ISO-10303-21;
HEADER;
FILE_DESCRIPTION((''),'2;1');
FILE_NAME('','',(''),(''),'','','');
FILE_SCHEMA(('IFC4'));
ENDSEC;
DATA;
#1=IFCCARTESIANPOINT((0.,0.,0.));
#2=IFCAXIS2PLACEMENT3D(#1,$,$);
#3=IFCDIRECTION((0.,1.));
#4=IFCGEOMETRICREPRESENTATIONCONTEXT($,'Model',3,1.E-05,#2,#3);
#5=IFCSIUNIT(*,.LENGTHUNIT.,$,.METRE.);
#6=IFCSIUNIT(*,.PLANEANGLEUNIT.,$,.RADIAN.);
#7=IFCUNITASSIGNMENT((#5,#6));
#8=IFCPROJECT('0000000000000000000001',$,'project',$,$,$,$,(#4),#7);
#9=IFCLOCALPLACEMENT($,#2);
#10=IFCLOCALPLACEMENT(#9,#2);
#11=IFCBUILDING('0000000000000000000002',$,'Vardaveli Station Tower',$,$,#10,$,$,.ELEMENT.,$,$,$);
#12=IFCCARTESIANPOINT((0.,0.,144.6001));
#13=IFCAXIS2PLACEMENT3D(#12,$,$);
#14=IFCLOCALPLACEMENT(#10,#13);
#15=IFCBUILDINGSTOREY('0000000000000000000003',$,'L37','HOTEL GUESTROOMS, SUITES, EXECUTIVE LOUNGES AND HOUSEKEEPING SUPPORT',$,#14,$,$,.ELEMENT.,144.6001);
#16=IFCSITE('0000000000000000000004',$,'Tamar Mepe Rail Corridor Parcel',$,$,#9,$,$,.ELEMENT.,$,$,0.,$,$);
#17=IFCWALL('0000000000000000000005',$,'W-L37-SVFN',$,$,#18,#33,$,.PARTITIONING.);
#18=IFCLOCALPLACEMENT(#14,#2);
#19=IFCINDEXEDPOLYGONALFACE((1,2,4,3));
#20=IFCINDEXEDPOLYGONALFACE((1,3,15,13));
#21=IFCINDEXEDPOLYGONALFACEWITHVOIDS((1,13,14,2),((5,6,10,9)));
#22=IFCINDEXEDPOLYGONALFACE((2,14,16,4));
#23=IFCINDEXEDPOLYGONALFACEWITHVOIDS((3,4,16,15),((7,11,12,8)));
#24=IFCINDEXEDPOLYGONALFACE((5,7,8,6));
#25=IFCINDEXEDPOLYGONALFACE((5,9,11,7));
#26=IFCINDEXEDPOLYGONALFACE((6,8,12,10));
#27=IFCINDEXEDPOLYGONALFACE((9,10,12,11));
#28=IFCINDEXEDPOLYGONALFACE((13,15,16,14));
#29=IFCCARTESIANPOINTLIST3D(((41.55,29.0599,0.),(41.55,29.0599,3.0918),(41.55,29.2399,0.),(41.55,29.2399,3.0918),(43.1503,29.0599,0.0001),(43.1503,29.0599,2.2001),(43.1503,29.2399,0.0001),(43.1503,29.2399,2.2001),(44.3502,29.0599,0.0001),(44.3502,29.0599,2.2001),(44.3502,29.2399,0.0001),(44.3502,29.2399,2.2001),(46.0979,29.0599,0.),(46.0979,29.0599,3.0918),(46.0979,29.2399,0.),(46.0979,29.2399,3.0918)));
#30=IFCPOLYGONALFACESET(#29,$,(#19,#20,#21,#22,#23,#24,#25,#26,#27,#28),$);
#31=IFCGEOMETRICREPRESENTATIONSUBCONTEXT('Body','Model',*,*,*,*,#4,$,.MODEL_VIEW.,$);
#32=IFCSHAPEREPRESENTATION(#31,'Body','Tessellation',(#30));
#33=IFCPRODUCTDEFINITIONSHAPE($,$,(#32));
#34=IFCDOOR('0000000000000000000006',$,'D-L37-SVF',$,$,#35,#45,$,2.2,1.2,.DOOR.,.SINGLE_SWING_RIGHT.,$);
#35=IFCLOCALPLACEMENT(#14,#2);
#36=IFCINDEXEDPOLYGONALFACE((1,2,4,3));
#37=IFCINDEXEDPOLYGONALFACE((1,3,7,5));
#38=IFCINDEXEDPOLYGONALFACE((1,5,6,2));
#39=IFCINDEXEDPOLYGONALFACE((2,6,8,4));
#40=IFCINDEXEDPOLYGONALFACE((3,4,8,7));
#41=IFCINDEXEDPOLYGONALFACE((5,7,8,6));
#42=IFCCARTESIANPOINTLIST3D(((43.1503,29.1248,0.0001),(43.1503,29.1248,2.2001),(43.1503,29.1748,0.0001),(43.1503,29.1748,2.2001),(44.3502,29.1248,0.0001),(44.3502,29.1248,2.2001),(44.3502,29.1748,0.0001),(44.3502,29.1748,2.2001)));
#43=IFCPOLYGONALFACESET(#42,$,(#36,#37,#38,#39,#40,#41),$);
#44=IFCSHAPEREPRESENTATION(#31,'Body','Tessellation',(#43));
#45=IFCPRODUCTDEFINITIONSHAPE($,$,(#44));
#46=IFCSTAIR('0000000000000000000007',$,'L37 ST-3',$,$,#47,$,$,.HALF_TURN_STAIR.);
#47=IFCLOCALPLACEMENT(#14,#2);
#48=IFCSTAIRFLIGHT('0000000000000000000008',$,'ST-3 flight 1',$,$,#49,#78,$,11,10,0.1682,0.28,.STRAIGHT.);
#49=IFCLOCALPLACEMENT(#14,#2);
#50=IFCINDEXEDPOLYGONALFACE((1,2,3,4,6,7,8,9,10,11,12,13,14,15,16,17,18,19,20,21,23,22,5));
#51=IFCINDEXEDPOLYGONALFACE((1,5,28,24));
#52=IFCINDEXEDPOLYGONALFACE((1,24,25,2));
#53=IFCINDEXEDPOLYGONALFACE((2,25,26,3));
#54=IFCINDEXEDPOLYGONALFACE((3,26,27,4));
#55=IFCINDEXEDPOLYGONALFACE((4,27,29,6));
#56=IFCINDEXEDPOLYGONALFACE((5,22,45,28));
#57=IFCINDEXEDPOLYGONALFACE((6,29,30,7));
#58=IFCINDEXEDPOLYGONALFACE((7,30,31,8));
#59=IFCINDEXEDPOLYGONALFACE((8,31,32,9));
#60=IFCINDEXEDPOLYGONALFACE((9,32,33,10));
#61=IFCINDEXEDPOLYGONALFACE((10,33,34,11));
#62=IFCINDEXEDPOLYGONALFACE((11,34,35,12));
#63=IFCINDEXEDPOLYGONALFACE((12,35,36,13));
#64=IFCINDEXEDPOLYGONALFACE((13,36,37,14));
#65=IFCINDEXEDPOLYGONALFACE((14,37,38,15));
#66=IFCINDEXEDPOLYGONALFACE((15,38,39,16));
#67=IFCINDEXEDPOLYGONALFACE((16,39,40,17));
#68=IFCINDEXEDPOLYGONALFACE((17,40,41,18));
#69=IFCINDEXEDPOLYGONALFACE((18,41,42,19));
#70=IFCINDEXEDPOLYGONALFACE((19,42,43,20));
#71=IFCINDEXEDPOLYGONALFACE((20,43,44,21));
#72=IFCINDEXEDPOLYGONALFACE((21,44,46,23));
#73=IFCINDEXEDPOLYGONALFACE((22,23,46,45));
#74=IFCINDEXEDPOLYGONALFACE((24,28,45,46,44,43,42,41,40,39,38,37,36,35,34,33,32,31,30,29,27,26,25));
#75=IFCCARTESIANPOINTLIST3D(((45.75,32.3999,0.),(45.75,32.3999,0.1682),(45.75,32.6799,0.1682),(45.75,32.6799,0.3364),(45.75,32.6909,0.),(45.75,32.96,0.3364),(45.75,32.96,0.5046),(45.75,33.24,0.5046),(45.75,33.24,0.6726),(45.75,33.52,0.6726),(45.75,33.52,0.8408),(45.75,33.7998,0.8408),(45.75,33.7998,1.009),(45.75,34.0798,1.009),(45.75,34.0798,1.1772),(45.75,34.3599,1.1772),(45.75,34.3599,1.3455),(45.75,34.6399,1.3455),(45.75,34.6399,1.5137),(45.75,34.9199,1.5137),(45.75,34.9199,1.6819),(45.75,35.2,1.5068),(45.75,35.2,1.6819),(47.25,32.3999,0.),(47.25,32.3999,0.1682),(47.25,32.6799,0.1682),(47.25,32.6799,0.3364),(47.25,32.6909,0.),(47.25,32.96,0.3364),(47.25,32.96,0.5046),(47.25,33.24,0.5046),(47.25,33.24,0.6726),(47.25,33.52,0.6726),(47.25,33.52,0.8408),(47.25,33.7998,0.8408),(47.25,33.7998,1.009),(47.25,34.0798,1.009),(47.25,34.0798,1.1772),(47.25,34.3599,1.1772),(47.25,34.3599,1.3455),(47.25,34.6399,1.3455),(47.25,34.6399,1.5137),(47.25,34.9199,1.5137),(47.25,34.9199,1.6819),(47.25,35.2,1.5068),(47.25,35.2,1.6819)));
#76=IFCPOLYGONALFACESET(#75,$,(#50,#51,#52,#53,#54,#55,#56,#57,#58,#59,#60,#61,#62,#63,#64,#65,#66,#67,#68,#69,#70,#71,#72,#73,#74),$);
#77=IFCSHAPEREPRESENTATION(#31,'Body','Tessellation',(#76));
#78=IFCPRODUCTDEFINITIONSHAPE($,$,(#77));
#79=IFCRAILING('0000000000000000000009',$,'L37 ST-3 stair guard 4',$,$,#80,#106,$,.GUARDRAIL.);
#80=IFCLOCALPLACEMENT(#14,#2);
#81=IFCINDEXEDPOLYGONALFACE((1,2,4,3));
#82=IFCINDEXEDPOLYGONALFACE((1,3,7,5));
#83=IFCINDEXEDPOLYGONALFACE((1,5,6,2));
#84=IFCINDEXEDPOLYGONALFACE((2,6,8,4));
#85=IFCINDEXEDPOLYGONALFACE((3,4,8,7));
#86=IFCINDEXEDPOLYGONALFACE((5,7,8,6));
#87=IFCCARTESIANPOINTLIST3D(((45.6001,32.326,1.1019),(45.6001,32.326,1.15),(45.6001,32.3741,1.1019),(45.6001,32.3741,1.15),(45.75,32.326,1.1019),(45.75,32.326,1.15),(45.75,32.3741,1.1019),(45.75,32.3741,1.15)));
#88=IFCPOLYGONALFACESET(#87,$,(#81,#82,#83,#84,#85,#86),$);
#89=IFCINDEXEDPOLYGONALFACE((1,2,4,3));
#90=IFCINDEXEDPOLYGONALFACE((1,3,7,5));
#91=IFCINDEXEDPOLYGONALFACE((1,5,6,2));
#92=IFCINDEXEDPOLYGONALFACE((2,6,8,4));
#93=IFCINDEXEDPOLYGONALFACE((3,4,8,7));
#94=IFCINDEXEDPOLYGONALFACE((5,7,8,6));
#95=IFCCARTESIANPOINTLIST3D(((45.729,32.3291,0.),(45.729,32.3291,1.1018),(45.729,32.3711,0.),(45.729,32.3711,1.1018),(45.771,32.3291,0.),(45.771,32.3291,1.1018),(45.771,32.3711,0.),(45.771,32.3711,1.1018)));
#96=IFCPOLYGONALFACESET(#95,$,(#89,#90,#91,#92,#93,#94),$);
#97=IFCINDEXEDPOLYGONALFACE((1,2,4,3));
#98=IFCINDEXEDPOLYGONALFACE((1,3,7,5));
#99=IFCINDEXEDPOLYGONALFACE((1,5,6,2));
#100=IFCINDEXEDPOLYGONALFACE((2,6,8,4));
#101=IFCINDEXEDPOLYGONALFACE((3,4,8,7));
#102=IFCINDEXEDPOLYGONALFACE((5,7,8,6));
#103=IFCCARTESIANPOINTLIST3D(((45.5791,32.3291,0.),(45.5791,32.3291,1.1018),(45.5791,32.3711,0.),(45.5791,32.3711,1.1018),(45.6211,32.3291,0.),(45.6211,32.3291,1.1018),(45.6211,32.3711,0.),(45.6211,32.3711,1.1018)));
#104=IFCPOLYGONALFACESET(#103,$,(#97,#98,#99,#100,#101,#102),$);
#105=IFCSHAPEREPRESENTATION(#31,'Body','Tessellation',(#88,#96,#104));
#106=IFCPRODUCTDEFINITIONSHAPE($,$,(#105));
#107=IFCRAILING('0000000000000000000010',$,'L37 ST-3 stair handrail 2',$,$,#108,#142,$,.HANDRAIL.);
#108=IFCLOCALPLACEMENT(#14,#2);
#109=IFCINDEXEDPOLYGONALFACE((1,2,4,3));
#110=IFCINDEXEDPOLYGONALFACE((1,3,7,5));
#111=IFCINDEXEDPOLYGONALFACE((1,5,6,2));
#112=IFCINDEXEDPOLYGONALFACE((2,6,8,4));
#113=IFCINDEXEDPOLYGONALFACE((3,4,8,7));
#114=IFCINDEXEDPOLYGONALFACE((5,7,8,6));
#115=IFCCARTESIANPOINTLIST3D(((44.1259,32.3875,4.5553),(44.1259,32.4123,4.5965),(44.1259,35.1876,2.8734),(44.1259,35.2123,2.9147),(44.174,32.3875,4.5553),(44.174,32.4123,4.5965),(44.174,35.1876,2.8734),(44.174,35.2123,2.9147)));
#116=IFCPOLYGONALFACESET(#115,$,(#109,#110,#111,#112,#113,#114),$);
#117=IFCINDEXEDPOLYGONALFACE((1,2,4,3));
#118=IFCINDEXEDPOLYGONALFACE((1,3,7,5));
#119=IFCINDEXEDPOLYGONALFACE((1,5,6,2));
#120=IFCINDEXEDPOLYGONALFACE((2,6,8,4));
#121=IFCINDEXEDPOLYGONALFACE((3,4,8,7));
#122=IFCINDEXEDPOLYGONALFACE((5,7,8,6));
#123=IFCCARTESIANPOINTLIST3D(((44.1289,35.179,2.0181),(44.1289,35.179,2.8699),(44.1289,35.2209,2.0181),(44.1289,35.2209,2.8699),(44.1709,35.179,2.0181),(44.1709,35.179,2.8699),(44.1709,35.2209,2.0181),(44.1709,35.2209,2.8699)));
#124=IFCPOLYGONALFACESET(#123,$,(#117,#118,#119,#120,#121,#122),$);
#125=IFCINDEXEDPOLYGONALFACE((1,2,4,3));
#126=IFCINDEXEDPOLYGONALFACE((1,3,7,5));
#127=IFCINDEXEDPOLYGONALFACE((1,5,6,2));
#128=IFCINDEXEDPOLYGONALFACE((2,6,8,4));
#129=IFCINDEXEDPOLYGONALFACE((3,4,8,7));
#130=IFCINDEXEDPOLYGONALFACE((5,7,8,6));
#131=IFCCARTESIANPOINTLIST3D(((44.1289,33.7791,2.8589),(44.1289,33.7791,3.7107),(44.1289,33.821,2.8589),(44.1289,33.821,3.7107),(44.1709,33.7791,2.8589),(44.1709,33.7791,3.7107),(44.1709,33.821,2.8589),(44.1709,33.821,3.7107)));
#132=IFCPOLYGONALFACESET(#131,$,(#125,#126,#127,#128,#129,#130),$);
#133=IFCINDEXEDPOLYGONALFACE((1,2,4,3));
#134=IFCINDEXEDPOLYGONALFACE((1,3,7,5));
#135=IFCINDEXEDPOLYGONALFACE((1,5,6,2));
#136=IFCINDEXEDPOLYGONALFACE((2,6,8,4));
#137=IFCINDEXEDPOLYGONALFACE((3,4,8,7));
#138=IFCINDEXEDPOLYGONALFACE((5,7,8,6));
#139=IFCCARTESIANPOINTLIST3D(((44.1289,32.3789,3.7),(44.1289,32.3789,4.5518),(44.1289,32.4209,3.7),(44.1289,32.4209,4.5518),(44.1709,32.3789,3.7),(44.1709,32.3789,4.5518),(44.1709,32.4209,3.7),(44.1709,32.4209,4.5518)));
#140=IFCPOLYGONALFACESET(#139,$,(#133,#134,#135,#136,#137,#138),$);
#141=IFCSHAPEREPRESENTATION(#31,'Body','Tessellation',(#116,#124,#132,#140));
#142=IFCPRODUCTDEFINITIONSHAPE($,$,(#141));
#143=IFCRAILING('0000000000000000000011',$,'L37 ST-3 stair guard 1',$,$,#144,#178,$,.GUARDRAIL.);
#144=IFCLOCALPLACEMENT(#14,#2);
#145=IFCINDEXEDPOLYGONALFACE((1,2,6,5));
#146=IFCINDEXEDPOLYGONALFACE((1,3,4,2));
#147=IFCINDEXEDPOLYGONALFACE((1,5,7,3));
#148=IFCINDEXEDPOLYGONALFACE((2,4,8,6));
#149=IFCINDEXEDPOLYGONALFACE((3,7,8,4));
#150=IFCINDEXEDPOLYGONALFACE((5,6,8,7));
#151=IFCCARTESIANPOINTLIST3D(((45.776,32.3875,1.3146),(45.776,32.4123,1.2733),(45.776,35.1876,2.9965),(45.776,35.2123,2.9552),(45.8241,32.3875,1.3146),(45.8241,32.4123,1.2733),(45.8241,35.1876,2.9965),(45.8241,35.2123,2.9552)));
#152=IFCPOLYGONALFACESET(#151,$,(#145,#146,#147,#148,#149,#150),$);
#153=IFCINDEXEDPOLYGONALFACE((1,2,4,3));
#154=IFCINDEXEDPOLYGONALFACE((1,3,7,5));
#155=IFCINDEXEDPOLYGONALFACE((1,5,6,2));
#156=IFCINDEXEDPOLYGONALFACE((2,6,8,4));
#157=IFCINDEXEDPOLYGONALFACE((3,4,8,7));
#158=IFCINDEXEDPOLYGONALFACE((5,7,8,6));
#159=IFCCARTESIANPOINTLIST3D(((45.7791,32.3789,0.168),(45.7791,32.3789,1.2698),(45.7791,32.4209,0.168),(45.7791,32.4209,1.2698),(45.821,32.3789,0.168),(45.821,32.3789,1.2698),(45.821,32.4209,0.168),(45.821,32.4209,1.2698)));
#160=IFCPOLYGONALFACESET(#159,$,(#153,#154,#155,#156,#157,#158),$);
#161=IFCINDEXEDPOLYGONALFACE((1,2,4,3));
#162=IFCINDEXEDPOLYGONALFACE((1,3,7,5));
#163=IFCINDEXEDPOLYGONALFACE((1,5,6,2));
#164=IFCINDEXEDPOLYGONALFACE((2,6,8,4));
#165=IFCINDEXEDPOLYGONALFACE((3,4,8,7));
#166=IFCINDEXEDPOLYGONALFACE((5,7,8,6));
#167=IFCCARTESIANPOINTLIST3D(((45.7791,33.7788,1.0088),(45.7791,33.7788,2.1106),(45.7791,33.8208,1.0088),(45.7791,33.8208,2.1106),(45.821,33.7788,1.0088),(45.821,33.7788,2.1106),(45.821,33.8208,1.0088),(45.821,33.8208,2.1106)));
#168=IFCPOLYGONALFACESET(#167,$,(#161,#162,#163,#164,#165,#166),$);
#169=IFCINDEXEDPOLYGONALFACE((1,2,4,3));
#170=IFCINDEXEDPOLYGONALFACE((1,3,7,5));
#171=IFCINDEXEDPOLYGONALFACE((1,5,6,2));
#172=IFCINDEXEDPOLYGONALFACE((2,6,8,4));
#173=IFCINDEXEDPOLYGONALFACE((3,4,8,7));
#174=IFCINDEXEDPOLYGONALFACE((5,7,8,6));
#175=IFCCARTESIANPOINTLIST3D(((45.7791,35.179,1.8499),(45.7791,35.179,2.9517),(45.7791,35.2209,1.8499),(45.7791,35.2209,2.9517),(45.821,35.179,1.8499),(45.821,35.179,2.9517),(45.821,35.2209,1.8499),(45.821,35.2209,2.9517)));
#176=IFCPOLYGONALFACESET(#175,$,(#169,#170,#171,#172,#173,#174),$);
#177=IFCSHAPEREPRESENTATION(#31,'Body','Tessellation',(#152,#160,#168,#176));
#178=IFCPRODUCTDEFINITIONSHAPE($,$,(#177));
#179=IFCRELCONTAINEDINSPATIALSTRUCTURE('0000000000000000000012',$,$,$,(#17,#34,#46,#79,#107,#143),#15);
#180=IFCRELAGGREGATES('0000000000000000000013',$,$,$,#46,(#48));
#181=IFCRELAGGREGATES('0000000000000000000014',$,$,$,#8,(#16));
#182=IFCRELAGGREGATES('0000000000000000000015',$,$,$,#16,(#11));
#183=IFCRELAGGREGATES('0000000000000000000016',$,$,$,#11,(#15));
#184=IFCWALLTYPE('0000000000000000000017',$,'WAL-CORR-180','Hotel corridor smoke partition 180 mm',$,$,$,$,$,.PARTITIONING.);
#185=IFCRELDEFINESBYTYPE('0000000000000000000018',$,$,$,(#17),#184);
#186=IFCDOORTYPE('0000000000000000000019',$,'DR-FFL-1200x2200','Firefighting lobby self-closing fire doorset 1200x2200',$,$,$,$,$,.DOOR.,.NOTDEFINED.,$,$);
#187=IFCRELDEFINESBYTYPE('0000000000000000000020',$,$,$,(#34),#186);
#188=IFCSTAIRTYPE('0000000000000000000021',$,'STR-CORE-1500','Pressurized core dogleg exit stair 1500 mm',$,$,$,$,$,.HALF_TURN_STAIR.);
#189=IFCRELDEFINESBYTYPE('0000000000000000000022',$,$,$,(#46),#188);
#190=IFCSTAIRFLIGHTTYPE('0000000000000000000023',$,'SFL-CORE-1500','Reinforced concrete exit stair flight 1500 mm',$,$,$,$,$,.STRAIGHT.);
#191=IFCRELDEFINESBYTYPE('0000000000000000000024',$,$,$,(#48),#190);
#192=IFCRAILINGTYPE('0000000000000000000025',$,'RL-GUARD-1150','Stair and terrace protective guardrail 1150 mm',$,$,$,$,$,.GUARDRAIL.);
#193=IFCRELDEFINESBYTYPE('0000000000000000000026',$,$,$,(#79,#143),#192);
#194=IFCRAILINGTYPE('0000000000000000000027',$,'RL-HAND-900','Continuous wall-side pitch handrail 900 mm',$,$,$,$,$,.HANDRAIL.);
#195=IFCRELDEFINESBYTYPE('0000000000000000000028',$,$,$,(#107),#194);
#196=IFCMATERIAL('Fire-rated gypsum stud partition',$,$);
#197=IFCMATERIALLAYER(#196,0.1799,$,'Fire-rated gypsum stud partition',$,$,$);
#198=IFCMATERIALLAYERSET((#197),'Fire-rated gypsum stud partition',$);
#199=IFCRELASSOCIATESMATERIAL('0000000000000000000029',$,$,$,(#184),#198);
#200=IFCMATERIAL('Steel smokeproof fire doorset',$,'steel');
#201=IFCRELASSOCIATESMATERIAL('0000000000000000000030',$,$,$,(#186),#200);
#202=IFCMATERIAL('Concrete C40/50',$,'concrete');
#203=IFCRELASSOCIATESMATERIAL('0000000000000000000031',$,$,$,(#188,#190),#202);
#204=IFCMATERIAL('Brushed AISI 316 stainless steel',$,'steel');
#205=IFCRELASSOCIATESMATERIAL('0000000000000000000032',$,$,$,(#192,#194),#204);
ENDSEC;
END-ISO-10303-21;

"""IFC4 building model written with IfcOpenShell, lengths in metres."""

from ifc_helpers import new_model, si_unit, direction, frame, frame_2d, origin, origin_2d, place, context, subcontext, project, spatial, polyline, rectangle, outline, extrude, source, transform, mapped, material, layer, layer_set, type_object, element, fill, aggregate, save


model = new_model("IFC4")

# Units and contexts
model_context = context("Model", 3, precision=1e-05, world=origin(), true_north=direction((0.0, 1.0)))
body_context = subcontext(model_context, "Body", "Model", "MODEL_VIEW")
ifc_project = project(units=[si_unit("LENGTHUNIT", "METRE"), si_unit("PLANEANGLEUNIT", "RADIAN")], contexts=[model_context])

# Site, building, storey
site_placement = place(None, origin())
site = spatial("IfcSite", under=ifc_project, at=site_placement, Name="Tamar Mepe Rail Corridor Parcel", CompositionType="ELEMENT", RefElevation=0.0)
building_placement = place(site_placement, origin())
building = spatial("IfcBuilding", under=site, at=building_placement, Name="Vardaveli Station Tower", CompositionType="ELEMENT")
storey_placement = place(building_placement, frame((0.0, 0.0, 144.6001)))
storey = spatial("IfcBuildingStorey", under=building, at=storey_placement, Name="L37", Description="HOTEL GUESTROOMS, SUITES, EXECUTIVE LOUNGES AND HOUSEKEEPING SUPPORT", CompositionType="ELEMENT", Elevation=144.6001)

# Shared definitions
ifc_material_1 = material(Name="Concrete C40/50", Category="concrete")

# Shared definitions
ifc_material_2 = material(Name="Steel smokeproof fire doorset", Category="steel")
ifc_material_3 = material(Name="Fire-rated gypsum stud partition")
ifc_layer_1 = layer(ifc_material_3, 0.1799, Name="Fire-rated gypsum stud partition")
ifc_layer_set_1 = layer_set([ifc_layer_1], Name="Fire-rated gypsum stud partition")
wall_type_1 = type_object("IfcWallType", Name="WAL-CORR-180", Description="Hotel corridor smoke partition 180 mm", PredefinedType="PARTITIONING", material=ifc_layer_set_1)

# Wall, opening, door
shared_shape_1 = source(origin(), body_context, "Body", "SweptSolid", [
    extrude(rectangle(XDim=4.5479, YDim=0.1799, at=frame_2d((2.2739, 0.0))), origin(), (0.0, 0.0, 1.0), 3.0918),
])
wall_1_placement = place(storey_placement, frame((41.55, 29.1499, 0.0), z_axis=(0.0, 0.0, 1.0), x_axis=(1.0, 0.0, 0.0)))
wall_1 = element("IfcWall", 1, at=wall_1_placement, inside=storey, type_object=wall_type_1, Name="W-L37-SVFN", PredefinedType="PARTITIONING", context=body_context, shape_type="MappedRepresentation", body=[
    mapped(shared_shape_1, transform((0.0, 0.0, 0.0), scale=1.0)),
])
shared_shape_2 = source(origin(), body_context, "Body", "SweptSolid", [
    extrude(rectangle(XDim=1.2, YDim=2.2, at=frame_2d((0.6001, 1.1001))), frame((0.0, 0.1001, 0.0), z_axis=(0.0, -1.0, 0.0), x_axis=(1.0, 0.0, 0.0)), (0.0, 0.0, 1.0), 0.2),
])
opening_1_placement = place(wall_1_placement, frame((1.6001, 0.0, 0.0)))
opening_1 = element("IfcOpeningElement", 2, at=opening_1_placement, cuts=wall_1, PredefinedType="OPENING", context=body_context, shape_type="MappedRepresentation", body=[
    mapped(shared_shape_2, transform((0.0, 0.0, 0.0), scale=1.0)),
])
door_type_1 = type_object("IfcDoorType", Name="DR-FFL-1200x2200", Description="Firefighting lobby self-closing fire doorset 1200x2200", OperationType="NOTDEFINED", PredefinedType="DOOR", material=ifc_material_2)
shared_shape_3 = source(origin(), body_context, "Body", "SweptSolid", [
    extrude(rectangle(XDim=1.2, YDim=2.2, at=frame_2d((0.6001, 1.1001))), frame((0.0, 0.0249, 0.0), z_axis=(0.0, -1.0, 0.0), x_axis=(1.0, 0.0, 0.0)), (0.0, 0.0, 1.0), 0.05),
])
door_1_placement = place(opening_1_placement, origin())
door_1 = element("IfcDoor", 3, at=door_1_placement, inside=storey, type_object=door_type_1, Name="D-L37-SVF", OperationType="SINGLE_SWING_RIGHT", OverallHeight=2.2, OverallWidth=1.2, PredefinedType="DOOR", context=body_context, shape_type="MappedRepresentation", body=[
    mapped(shared_shape_3, transform((0.0, 0.0, 0.0), scale=1.0)),
])
fill(opening_1, door_1)

# Stair, stair flight
stair_type = type_object("IfcStairType", Name="STR-CORE-1500", Description="Pressurized core dogleg exit stair 1500 mm", PredefinedType="HALF_TURN_STAIR", material=ifc_material_1)
stair_placement = place(storey_placement, origin())
stair = element("IfcStair", 4, at=stair_placement, inside=storey, type_object=stair_type, Name="L37 ST-3", PredefinedType="HALF_TURN_STAIR")
stair_flight_type = type_object("IfcStairFlightType", Name="SFL-CORE-1500", Description="Reinforced concrete exit stair flight 1500 mm", PredefinedType="STRAIGHT", material=ifc_material_1)
shared_shape_4 = source(origin(), body_context, "Body", "SweptSolid", [
    extrude(outline(polyline([(0.0, 0.0), (0.0, 0.1682), (0.28, 0.1682), (0.28, 0.3364), (0.5601, 0.3364), (0.5601, 0.5046), (0.8401, 0.5046), (0.8401, 0.6726), (1.1201, 0.6726), (1.1201, 0.8408), (1.3999, 0.8408), (1.3999, 1.009), (1.6799, 1.009), (1.6799, 1.1772), (1.96, 1.1772), (1.96, 1.3455), (2.24, 1.3455), (2.24, 1.5137), (2.52, 1.5137), (2.52, 1.6819), (2.8, 1.6819), (2.8, 1.8501), (2.8, 1.5068), (0.291, 0.0), (0.0, 0.0)])), frame((0.0, 0.75, 0.0), z_axis=(0.0, -1.0, 0.0), x_axis=(1.0, 0.0, 0.0)), (0.0, 0.0, 1.0), 1.5),
])
stair_flight_placement = place(storey_placement, frame((46.5, 32.3999, 0.0), z_axis=(0.0, 0.0, 1.0), x_axis=(0.0, 1.0, 0.0)))
stair_flight = element("IfcStairFlight", 5, at=stair_flight_placement, type_object=stair_flight_type, Name="ST-3 flight 1", NumberOfRisers=11, NumberOfTreads=10, PredefinedType="STRAIGHT", RiserHeight=0.1682, TreadLength=0.28, context=body_context, shape_type="MappedRepresentation", body=[
    mapped(shared_shape_4, transform((0.0, 0.0, 0.0), scale=1.0)),
])
aggregate(stair, [stair_flight])

# Railings
ifc_material_4 = material(Name="Brushed AISI 316 stainless steel", Category="steel")
railing_type_1 = type_object("IfcRailingType", Name="RL-GUARD-1150", Description="Stair and terrace protective guardrail 1150 mm", PredefinedType="GUARDRAIL", material=ifc_material_4)
shared_shape_5 = source(origin(), body_context, "Body", "SweptSolid", [
    extrude(rectangle(XDim=0.0481, YDim=0.0481, at=origin_2d()), frame((0.0, 0.0, 1.126), z_axis=(-1.0, 0.0, 0.0), x_axis=(0.0, -1.0, 0.0)), (0.0, 0.0, 1.0), 0.1499),
    extrude(rectangle(XDim=0.042, YDim=0.042, at=origin_2d()), origin(), (0.0, 0.0, 1.0), 1.1018),
    extrude(rectangle(XDim=0.042, YDim=0.042, at=origin_2d()), frame((-0.1499, 0.0, 0.0)), (0.0, 0.0, 1.0), 1.1018),
])
railing_1_placement = place(storey_placement, frame((45.75, 32.3501, 0.0)))
element("IfcRailing", 6, at=railing_1_placement, inside=storey, type_object=railing_type_1, Name="L37 ST-3 stair guard 4", PredefinedType="GUARDRAIL", context=body_context, shape_type="MappedRepresentation", body=[
    mapped(shared_shape_5, transform((0.0, 0.0, 0.0), scale=1.0)),
])
railing_type_2 = type_object("IfcRailingType", Name="RL-HAND-900", Description="Continuous wall-side pitch handrail 900 mm", PredefinedType="HANDRAIL", material=ifc_material_4)
shared_shape_6 = source(origin(), body_context, "Body", "SweptSolid", [
    extrude(rectangle(XDim=0.0481, YDim=0.0481, at=origin_2d()), frame((0.0, 0.0, 0.876), z_axis=(0.0, -0.857242, 0.514913), x_axis=(1.0, 0.0, 0.0)), (0.0, 0.0, 1.0), 3.2664),
    extrude(rectangle(XDim=0.042, YDim=0.042, at=origin_2d()), origin(), (0.0, 0.0, 1.0), 0.8518),
    extrude(rectangle(XDim=0.042, YDim=0.042, at=origin_2d()), frame((0.0, -1.3999, 0.8408)), (0.0, 0.0, 1.0), 0.8518),
    extrude(rectangle(XDim=0.042, YDim=0.042, at=origin_2d()), frame((0.0, -2.8, 1.6819)), (0.0, 0.0, 1.0), 0.8518),
])
railing_2_placement = place(storey_placement, frame((44.1499, 35.2, 2.0181)))
element("IfcRailing", 7, at=railing_2_placement, inside=storey, type_object=railing_type_2, Name="L37 ST-3 stair handrail 2", PredefinedType="HANDRAIL", context=body_context, shape_type="MappedRepresentation", body=[
    mapped(shared_shape_6, transform((0.0, 0.0, 0.0), scale=1.0)),
])
shared_shape_7 = source(origin(), body_context, "Body", "SweptSolid", [
    extrude(rectangle(XDim=0.0481, YDim=0.0481, at=origin_2d()), frame((0.0, 0.0, 1.126), z_axis=(0.0, 0.857242, 0.514913), x_axis=(-1.0, 0.0, 0.0)), (0.0, 0.0, 1.0), 3.2664),
    extrude(rectangle(XDim=0.042, YDim=0.042, at=origin_2d()), origin(), (0.0, 0.0, 1.0), 1.1018),
    extrude(rectangle(XDim=0.042, YDim=0.042, at=origin_2d()), frame((0.0, 1.3999, 0.8408)), (0.0, 0.0, 1.0), 1.1018),
    extrude(rectangle(XDim=0.042, YDim=0.042, at=origin_2d()), frame((0.0, 2.8, 1.6819)), (0.0, 0.0, 1.0), 1.1018),
])
railing_3_placement = place(storey_placement, frame((45.8, 32.3999, 0.168)))
element("IfcRailing", 8, at=railing_3_placement, inside=storey, type_object=railing_type_1, Name="L37 ST-3 stair guard 1", PredefinedType="GUARDRAIL", context=body_context, shape_type="MappedRepresentation", body=[
    mapped(shared_shape_7, transform((0.0, 0.0, 0.0), scale=1.0)),
])

save(model, "model.ifc")
